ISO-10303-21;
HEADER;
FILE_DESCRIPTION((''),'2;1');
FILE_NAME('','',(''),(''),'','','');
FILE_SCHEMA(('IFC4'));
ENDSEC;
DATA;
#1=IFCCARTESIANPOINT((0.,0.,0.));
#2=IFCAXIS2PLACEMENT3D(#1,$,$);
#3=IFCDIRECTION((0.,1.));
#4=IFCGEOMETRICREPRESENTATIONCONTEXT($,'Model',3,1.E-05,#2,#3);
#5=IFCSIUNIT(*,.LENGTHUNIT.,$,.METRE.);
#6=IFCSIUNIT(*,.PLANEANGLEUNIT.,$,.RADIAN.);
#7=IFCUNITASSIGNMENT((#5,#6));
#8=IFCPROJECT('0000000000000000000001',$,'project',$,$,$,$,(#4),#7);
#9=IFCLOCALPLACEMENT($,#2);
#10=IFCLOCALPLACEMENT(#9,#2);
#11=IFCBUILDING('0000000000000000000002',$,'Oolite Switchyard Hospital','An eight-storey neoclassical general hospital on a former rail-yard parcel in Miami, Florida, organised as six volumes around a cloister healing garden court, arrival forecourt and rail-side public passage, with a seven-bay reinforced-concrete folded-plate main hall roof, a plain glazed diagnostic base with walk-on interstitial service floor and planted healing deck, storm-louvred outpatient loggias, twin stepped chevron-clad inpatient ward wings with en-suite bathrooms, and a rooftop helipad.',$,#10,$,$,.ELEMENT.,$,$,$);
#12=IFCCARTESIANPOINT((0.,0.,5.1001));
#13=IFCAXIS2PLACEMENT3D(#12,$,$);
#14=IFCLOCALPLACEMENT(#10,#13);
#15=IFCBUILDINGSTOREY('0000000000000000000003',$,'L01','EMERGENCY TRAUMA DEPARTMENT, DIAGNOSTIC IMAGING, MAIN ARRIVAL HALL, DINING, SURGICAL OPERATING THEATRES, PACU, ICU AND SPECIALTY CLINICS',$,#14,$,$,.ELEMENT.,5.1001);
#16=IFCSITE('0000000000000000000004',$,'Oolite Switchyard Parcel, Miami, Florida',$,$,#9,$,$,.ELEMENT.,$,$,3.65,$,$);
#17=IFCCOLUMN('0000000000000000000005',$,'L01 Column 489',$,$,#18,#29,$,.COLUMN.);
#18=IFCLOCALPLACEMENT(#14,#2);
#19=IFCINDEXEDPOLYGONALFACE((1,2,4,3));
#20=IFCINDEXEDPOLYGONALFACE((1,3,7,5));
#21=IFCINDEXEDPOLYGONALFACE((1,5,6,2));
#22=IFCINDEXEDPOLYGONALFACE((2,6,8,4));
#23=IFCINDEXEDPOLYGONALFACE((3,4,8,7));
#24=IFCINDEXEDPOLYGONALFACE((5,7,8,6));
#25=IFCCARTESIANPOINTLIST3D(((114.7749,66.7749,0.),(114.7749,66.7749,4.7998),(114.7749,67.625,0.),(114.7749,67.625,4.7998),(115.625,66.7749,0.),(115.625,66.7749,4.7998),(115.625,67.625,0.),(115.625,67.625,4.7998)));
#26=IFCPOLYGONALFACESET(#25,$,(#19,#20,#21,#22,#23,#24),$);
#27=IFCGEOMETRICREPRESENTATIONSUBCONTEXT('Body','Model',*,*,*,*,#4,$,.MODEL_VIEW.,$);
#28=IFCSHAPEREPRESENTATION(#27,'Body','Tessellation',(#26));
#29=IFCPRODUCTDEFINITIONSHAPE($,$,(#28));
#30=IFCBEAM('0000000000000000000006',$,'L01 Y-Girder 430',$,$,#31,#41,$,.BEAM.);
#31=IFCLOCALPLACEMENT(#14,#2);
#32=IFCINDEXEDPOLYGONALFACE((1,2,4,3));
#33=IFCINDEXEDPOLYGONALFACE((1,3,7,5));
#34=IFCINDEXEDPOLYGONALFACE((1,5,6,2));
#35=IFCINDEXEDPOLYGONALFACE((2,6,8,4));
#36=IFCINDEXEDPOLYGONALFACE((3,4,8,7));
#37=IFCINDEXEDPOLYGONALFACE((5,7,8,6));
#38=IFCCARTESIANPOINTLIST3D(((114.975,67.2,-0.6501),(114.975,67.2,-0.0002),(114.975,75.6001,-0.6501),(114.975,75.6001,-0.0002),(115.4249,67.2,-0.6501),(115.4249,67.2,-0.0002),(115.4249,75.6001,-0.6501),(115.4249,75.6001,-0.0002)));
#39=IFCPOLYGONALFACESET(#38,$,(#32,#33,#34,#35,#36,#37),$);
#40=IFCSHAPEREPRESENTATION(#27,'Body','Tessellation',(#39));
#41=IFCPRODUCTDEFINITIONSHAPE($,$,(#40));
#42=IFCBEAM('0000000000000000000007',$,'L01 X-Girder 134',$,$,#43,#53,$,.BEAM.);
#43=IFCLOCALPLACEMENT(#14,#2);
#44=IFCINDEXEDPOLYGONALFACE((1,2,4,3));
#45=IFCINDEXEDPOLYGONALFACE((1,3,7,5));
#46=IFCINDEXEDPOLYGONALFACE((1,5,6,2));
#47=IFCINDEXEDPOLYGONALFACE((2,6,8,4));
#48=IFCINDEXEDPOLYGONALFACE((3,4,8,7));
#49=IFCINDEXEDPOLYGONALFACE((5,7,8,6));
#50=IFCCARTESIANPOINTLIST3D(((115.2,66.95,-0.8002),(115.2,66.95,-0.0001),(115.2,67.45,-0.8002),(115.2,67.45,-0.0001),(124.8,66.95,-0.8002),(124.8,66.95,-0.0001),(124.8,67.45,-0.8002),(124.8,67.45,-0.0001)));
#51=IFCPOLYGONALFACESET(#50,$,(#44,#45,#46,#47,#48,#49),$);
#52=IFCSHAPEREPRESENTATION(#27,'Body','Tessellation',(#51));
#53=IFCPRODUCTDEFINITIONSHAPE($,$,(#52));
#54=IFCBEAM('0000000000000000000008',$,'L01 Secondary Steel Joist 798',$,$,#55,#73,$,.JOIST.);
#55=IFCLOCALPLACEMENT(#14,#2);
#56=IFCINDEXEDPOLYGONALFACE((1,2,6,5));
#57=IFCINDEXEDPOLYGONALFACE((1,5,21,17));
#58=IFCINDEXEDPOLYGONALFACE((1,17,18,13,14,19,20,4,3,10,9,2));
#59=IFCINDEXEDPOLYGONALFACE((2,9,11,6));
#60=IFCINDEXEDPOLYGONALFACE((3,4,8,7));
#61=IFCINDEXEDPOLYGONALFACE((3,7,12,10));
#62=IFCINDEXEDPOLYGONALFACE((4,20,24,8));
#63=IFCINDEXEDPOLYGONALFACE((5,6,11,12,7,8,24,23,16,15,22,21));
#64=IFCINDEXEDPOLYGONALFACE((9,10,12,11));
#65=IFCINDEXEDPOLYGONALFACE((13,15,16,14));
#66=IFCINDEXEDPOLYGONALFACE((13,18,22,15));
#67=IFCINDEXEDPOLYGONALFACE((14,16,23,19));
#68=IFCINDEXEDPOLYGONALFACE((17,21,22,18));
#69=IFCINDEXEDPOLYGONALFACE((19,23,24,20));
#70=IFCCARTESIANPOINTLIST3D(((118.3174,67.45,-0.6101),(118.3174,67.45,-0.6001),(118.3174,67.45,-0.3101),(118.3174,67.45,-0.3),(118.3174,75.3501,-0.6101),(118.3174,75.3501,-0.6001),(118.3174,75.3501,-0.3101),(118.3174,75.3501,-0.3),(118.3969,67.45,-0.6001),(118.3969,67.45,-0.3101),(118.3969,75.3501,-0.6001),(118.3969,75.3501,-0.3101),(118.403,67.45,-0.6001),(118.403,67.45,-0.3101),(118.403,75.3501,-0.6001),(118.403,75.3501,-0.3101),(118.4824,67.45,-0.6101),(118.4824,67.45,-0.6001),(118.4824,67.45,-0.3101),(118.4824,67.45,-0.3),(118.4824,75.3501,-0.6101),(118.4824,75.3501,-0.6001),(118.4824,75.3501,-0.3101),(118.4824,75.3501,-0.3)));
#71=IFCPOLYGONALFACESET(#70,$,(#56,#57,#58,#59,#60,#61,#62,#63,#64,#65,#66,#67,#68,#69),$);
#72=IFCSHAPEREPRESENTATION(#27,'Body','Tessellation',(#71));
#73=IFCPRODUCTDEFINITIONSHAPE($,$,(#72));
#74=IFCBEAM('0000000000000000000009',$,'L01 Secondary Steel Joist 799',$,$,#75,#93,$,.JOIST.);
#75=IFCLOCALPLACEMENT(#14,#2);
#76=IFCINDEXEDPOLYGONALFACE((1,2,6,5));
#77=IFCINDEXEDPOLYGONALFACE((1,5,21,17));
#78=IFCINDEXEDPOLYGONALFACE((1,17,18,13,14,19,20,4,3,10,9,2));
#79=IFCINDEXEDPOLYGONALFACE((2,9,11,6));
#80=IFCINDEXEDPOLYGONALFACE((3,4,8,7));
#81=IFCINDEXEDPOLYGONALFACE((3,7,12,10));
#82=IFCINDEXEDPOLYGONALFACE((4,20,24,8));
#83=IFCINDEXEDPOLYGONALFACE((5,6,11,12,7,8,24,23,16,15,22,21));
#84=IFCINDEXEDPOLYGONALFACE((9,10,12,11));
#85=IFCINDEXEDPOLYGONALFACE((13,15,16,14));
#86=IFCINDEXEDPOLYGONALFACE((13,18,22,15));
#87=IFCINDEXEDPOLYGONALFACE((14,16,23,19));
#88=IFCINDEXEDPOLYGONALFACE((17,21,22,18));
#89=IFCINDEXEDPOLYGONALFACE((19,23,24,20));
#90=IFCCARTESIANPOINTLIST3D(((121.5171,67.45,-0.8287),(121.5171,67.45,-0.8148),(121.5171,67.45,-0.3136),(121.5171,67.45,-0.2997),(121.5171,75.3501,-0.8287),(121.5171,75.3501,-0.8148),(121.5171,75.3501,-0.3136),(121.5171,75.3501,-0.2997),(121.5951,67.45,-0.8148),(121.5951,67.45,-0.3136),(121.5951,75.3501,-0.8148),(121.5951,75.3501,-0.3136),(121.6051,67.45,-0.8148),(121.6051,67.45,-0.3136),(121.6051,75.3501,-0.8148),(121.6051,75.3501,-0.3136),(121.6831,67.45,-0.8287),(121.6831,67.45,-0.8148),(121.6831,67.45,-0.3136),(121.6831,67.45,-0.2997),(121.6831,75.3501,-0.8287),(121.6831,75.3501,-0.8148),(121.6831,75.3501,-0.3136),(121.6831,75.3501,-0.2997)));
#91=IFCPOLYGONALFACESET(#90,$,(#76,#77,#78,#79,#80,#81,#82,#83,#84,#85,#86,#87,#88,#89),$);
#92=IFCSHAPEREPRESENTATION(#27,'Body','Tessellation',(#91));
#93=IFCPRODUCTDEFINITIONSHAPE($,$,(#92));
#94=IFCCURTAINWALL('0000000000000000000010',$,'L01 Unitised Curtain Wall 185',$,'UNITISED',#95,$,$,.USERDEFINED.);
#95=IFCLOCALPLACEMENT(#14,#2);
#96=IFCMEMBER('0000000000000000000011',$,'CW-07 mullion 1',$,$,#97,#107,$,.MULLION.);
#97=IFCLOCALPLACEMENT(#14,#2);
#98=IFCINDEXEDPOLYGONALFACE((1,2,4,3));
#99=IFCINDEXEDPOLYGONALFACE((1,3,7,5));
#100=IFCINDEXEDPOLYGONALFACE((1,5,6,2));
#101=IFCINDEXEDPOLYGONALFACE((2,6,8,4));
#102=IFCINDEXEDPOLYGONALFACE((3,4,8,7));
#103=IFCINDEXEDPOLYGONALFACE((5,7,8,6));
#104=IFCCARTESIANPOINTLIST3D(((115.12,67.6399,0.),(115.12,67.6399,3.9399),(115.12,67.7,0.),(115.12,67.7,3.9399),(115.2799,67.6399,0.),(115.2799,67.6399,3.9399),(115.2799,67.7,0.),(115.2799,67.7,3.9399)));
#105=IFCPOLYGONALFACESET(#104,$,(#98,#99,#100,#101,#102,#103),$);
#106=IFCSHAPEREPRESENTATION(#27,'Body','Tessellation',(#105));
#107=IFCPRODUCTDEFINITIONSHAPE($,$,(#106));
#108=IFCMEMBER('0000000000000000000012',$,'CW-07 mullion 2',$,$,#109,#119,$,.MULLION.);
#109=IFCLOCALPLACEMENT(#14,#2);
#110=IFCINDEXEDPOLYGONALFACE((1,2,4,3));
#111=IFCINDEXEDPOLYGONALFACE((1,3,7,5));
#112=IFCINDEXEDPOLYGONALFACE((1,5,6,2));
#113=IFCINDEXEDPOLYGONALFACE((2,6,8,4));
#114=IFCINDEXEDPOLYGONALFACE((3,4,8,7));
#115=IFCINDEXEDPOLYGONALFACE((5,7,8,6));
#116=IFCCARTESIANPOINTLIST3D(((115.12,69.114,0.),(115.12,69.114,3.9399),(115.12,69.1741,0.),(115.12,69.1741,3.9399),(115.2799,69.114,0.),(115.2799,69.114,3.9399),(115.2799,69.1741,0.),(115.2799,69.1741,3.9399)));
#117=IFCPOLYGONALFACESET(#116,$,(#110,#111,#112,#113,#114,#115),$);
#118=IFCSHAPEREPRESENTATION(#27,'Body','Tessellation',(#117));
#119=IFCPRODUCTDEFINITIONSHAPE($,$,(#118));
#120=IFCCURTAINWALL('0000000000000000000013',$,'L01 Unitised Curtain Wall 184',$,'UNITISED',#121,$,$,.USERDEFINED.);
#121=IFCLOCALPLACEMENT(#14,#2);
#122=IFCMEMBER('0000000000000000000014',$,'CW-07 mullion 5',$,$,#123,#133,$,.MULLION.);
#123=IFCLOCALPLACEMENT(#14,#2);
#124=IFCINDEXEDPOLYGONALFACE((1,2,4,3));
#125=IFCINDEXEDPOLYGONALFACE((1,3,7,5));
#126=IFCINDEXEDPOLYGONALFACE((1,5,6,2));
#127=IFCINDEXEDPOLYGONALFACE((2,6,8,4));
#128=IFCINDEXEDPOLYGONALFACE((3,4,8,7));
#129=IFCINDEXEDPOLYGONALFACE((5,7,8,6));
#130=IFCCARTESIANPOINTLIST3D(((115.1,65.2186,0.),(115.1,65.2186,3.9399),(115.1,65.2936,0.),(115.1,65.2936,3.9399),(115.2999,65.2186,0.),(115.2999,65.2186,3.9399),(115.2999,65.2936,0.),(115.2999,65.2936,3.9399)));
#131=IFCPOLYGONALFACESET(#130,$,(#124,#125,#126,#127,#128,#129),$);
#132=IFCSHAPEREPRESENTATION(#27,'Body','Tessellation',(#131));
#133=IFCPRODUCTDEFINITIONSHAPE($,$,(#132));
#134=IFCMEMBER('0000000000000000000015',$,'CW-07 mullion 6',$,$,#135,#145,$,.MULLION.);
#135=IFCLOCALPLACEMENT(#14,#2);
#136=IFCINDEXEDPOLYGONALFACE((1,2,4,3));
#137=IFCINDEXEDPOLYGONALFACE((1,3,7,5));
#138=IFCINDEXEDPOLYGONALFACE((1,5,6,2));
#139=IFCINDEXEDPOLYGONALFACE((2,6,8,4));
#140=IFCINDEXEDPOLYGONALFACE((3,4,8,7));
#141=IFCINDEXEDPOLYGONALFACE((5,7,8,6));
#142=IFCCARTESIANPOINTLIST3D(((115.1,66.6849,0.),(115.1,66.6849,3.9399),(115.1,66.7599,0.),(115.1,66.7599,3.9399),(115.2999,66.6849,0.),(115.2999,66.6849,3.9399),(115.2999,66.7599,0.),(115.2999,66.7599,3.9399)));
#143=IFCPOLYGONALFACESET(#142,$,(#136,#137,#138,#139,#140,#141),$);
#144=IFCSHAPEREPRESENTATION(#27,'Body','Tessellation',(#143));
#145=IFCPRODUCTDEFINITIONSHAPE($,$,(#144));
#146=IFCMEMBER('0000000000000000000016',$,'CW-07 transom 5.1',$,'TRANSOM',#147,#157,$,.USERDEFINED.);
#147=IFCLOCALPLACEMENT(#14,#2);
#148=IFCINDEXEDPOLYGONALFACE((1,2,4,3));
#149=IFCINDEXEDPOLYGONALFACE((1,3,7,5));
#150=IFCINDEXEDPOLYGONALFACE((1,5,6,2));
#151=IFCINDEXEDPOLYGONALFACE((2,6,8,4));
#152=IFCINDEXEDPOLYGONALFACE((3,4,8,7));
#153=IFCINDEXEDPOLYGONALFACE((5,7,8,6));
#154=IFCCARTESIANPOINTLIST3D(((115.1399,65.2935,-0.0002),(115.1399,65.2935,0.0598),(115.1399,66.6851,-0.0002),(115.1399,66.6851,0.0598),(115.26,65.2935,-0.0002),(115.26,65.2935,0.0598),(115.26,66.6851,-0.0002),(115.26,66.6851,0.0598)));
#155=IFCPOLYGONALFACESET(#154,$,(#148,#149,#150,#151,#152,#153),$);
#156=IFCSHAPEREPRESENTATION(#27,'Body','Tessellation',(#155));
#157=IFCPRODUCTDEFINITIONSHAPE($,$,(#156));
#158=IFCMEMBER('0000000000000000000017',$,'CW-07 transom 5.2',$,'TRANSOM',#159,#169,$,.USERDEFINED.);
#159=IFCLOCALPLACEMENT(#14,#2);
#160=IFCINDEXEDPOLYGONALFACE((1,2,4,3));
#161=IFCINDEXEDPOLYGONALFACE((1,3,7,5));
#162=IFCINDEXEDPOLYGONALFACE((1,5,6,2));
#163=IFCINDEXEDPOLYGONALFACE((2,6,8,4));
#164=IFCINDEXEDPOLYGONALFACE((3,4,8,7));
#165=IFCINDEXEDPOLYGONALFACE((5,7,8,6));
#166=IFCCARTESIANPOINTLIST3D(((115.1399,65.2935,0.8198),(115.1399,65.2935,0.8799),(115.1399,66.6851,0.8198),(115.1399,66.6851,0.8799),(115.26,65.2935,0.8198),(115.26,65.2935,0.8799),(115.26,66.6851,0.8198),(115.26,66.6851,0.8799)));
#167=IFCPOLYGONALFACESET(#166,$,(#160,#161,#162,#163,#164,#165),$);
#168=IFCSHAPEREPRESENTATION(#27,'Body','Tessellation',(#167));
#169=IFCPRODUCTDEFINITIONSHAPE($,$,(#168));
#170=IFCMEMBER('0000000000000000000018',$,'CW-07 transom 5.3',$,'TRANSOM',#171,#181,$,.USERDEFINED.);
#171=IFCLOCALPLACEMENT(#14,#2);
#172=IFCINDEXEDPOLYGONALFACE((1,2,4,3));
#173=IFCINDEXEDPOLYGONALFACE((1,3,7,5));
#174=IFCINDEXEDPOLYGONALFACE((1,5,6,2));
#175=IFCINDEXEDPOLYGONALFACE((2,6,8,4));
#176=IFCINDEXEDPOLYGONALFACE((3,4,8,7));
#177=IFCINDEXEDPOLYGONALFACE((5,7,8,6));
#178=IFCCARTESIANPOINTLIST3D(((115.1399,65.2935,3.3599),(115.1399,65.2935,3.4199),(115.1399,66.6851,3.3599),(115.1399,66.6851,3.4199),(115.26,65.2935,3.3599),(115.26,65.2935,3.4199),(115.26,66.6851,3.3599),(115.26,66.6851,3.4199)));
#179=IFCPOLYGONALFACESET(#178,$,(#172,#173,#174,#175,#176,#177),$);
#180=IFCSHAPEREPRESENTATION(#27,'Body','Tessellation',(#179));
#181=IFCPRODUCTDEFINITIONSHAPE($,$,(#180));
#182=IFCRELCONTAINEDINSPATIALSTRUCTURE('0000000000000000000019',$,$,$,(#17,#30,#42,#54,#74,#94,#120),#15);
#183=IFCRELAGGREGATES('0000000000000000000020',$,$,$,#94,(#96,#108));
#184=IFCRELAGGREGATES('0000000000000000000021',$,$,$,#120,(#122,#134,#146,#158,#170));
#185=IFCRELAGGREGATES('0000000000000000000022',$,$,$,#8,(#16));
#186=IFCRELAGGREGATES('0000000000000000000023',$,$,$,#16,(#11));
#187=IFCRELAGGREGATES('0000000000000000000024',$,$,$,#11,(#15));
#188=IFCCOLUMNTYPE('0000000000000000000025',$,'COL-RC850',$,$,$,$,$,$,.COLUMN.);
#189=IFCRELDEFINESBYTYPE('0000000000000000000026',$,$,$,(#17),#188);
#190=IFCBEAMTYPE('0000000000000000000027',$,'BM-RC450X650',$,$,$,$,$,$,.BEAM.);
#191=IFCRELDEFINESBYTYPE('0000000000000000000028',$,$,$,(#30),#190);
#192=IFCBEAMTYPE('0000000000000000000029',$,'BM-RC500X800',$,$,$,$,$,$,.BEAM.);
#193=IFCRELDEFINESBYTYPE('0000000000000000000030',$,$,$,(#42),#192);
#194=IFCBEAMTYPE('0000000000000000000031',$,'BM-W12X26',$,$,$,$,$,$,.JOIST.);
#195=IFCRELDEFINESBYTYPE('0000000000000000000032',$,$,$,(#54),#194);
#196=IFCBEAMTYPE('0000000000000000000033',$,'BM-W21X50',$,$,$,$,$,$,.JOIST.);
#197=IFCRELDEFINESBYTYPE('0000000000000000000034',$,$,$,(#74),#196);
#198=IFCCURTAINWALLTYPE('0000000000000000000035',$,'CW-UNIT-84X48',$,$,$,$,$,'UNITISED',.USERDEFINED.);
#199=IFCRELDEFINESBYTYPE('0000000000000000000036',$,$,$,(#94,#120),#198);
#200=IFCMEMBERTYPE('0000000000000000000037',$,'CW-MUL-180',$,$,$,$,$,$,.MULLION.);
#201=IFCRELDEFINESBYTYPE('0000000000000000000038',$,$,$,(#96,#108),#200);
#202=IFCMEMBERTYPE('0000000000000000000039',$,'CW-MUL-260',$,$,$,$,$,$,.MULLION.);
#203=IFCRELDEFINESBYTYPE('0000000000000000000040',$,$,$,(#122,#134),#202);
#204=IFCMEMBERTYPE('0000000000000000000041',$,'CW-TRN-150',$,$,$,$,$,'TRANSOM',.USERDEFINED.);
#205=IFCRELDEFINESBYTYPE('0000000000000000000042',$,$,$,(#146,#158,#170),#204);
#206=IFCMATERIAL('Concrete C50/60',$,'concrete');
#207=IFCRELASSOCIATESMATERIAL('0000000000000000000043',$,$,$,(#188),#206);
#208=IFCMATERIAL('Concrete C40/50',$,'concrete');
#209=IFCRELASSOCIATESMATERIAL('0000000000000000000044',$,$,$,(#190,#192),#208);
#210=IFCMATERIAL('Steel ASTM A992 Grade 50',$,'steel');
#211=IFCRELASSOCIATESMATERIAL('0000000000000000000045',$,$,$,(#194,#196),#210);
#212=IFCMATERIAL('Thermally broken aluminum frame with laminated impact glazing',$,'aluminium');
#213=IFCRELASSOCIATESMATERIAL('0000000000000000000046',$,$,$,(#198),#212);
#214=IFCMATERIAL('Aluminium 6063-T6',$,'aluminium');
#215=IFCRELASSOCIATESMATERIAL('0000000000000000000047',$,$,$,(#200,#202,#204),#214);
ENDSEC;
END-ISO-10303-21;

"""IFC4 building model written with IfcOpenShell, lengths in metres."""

from ifc_helpers import new_model, si_unit, direction, frame, origin, origin_2d, place, context, subcontext, project, spatial, rectangle, i_section, extrude, material, material_profile, profile_set, type_object, element, aggregate, save


model = new_model("IFC4")

# Units and contexts
model_context = context("Model", 3, precision=1e-05, world=origin(), true_north=direction((0.0, 1.0)))
body_context = subcontext(model_context, "Body", "Model", "MODEL_VIEW")
ifc_project = project(units=[si_unit("LENGTHUNIT", "METRE"), si_unit("PLANEANGLEUNIT", "RADIAN")], contexts=[model_context])

# Site, building, storey
site_placement = place(None, origin())
site = spatial("IfcSite", under=ifc_project, at=site_placement, Name="Oolite Switchyard Parcel, Miami, Florida", CompositionType="ELEMENT", RefElevation=3.65)
building_placement = place(site_placement, origin())
building = spatial("IfcBuilding", under=site, at=building_placement, Name="Oolite Switchyard Hospital", Description="An eight-storey neoclassical general hospital on a former rail-yard parcel in Miami, Florida, organised as six volumes around a cloister healing garden court, arrival forecourt and rail-side public passage, with a seven-bay reinforced-concrete folded-plate main hall roof, a plain glazed diagnostic base with walk-on interstitial service floor and planted healing deck, storm-louvred outpatient loggias, twin stepped chevron-clad inpatient ward wings with en-suite bathrooms, and a rooftop helipad.", CompositionType="ELEMENT")
storey_placement = place(building_placement, frame((0.0, 0.0, 5.1001)))
storey = spatial("IfcBuildingStorey", under=building, at=storey_placement, Name="L01", Description="EMERGENCY TRAUMA DEPARTMENT, DIAGNOSTIC IMAGING, MAIN ARRIVAL HALL, DINING, SURGICAL OPERATING THEATRES, PACU, ICU AND SPECIALTY CLINICS", CompositionType="ELEMENT", Elevation=5.1001)

# Column
ifc_material_1 = material(Name="Concrete C50/60", Category="concrete")
ifc_material_profile_1 = material_profile(ifc_material_1, rectangle(XDim=0.8501, YDim=0.8501, at=origin_2d()), Name="RC850X850")
ifc_profile_set_1 = profile_set([ifc_material_profile_1], Name="Concrete C50/60")
column_type = type_object("IfcColumnType", Name="COL-RC850", PredefinedType="COLUMN", material=ifc_profile_set_1)
column_placement = place(storey_placement, frame((115.2, 67.2, 0.0), z_axis=(0.0, 0.0, 1.0), x_axis=(1.0, 0.0, 0.0)))
element("IfcColumn", 1, at=column_placement, inside=storey, type_object=column_type, Name="L01 Column 489", PredefinedType="COLUMN", context=body_context, shape_type="SweptSolid", body=[
    extrude(rectangle(XDim=0.8501, YDim=0.8501, at=origin_2d()), origin(), (0.0, 0.0, 1.0), 4.7998),
])

# Beams
ifc_material_2 = material(Name="Concrete C40/50", Category="concrete")
ifc_material_profile_2 = material_profile(ifc_material_2, rectangle(XDim=0.45, YDim=0.6499, at=origin_2d()), Name="RCB450X650")
ifc_profile_set_2 = profile_set([ifc_material_profile_2], Name="Concrete C40/50")
beam_type_1 = type_object("IfcBeamType", Name="BM-RC450X650", PredefinedType="BEAM", material=ifc_profile_set_2)
beam_1_placement = place(storey_placement, frame((115.2, 67.2, -0.3252), z_axis=(0.0, 1.0, 0.0), x_axis=(-1.0, 0.0, 0.0)))
element("IfcBeam", 2, at=beam_1_placement, inside=storey, type_object=beam_type_1, Name="L01 Y-Girder 430", PredefinedType="BEAM", context=body_context, shape_type="SweptSolid", body=[
    extrude(rectangle(XDim=0.45, YDim=0.6499, at=origin_2d()), origin(), (0.0, 0.0, 1.0), 8.4001),
])
ifc_material_profile_3 = material_profile(ifc_material_2, rectangle(XDim=0.5, YDim=0.8, at=origin_2d()), Name="RCB500X800")
ifc_profile_set_3 = profile_set([ifc_material_profile_3], Name="Concrete C40/50")
beam_type_2 = type_object("IfcBeamType", Name="BM-RC500X800", PredefinedType="BEAM", material=ifc_profile_set_3)
beam_2_placement = place(storey_placement, frame((115.2, 67.2, -0.4001), z_axis=(1.0, 0.0, 0.0), x_axis=(0.0, 1.0, 0.0)))
element("IfcBeam", 3, at=beam_2_placement, inside=storey, type_object=beam_type_2, Name="L01 X-Girder 134", PredefinedType="BEAM", context=body_context, shape_type="SweptSolid", body=[
    extrude(rectangle(XDim=0.5, YDim=0.8, at=origin_2d()), origin(), (0.0, 0.0, 1.0), 9.6001),
])
ifc_material_3 = material(Name="Steel ASTM A992 Grade 50", Category="steel")
ifc_material_profile_4 = material_profile(ifc_material_3, i_section(OverallWidth=0.165, OverallDepth=0.3101, WebThickness=0.0061, FlangeThickness=0.01, at=origin_2d()), Name="W12X26")
ifc_profile_set_4 = profile_set([ifc_material_profile_4], Name="Steel ASTM A992 Grade 50")
beam_type_3 = type_object("IfcBeamType", Name="BM-W12X26", PredefinedType="JOIST", material=ifc_profile_set_4)
beam_3_placement = place(storey_placement, frame((118.3999, 67.45, -0.4551), z_axis=(0.0, 1.0, 0.0), x_axis=(-1.0, 0.0, 0.0)))
element("IfcBeam", 4, at=beam_3_placement, inside=storey, type_object=beam_type_3, Name="L01 Secondary Steel Joist 798", PredefinedType="JOIST", context=body_context, shape_type="SweptSolid", body=[
    extrude(i_section(OverallWidth=0.165, OverallDepth=0.3101, WebThickness=0.0061, FlangeThickness=0.01, at=origin_2d()), origin(), (0.0, 0.0, 1.0), 7.9001),
])
ifc_material_profile_5 = material_profile(ifc_material_3, i_section(OverallWidth=0.166, OverallDepth=0.5291, WebThickness=0.01, FlangeThickness=0.0139, at=origin_2d()), Name="W21X50")
ifc_profile_set_5 = profile_set([ifc_material_profile_5], Name="Steel ASTM A992 Grade 50")
beam_type_4 = type_object("IfcBeamType", Name="BM-W21X50", PredefinedType="JOIST", material=ifc_profile_set_5)
beam_4_placement = place(storey_placement, frame((121.6001, 67.45, -0.5642), z_axis=(0.0, 1.0, 0.0), x_axis=(-1.0, 0.0, 0.0)))
element("IfcBeam", 5, at=beam_4_placement, inside=storey, type_object=beam_type_4, Name="L01 Secondary Steel Joist 799", PredefinedType="JOIST", context=body_context, shape_type="SweptSolid", body=[
    extrude(i_section(OverallWidth=0.166, OverallDepth=0.5291, WebThickness=0.01, FlangeThickness=0.0139, at=origin_2d()), origin(), (0.0, 0.0, 1.0), 7.9001),
])

# Curtain walls, members
ifc_material_4 = material(Name="Thermally broken aluminum frame with laminated impact glazing", Category="aluminium")
curtain_wall_type = type_object("IfcCurtainWallType", Name="CW-UNIT-84X48", ElementType="UNITISED", PredefinedType="USERDEFINED", material=ifc_material_4)
curtain_wall_1_placement = place(storey_placement, origin())
curtain_wall_1 = element("IfcCurtainWall", 6, at=curtain_wall_1_placement, inside=storey, type_object=curtain_wall_type, Name="L01 Unitised Curtain Wall 185", ObjectType="UNITISED", PredefinedType="USERDEFINED")
ifc_material_5 = material(Name="Aluminium 6063-T6", Category="aluminium")
ifc_material_profile_6 = material_profile(ifc_material_5, rectangle(XDim=0.1599, YDim=0.0601, at=origin_2d()), Name="CWM60X160")
ifc_profile_set_6 = profile_set([ifc_material_profile_6], Name="Aluminium 6063-T6")
member_type_1 = type_object("IfcMemberType", Name="CW-MUL-180", PredefinedType="MULLION", material=ifc_profile_set_6)
member_1_placement = place(storey_placement, frame((115.2, 67.6699, 0.0), z_axis=(0.0, 0.0, 1.0), x_axis=(-1.0, 0.0, 0.0)))
member_1 = element("IfcMember", 7, at=member_1_placement, type_object=member_type_1, Name="CW-07 mullion 1", PredefinedType="MULLION", context=body_context, shape_type="SweptSolid", body=[
    extrude(rectangle(XDim=0.1599, YDim=0.0601, at=origin_2d()), origin(), (0.0, 0.0, 1.0), 3.9399),
])
member_2_placement = place(storey_placement, frame((115.2, 69.144, 0.0), z_axis=(0.0, 0.0, 1.0), x_axis=(-1.0, 0.0, 0.0)))
member_2 = element("IfcMember", 8, at=member_2_placement, type_object=member_type_1, Name="CW-07 mullion 2", PredefinedType="MULLION", context=body_context, shape_type="SweptSolid", body=[
    extrude(rectangle(XDim=0.1599, YDim=0.0601, at=origin_2d()), origin(), (0.0, 0.0, 1.0), 3.9399),
])
curtain_wall_2_placement = place(storey_placement, origin())
curtain_wall_2 = element("IfcCurtainWall", 9, at=curtain_wall_2_placement, inside=storey, type_object=curtain_wall_type, Name="L01 Unitised Curtain Wall 184", ObjectType="UNITISED", PredefinedType="USERDEFINED")
ifc_material_profile_7 = material_profile(ifc_material_5, rectangle(XDim=0.2, YDim=0.075, at=origin_2d()), Name="CWM75X200")
ifc_profile_set_7 = profile_set([ifc_material_profile_7], Name="Aluminium 6063-T6")
member_type_2 = type_object("IfcMemberType", Name="CW-MUL-260", PredefinedType="MULLION", material=ifc_profile_set_7)
member_3_placement = place(storey_placement, frame((115.2, 65.2561, 0.0), z_axis=(0.0, 0.0, 1.0), x_axis=(-1.0, 0.0, 0.0)))
member_3 = element("IfcMember", 10, at=member_3_placement, type_object=member_type_2, Name="CW-07 mullion 5", PredefinedType="MULLION", context=body_context, shape_type="SweptSolid", body=[
    extrude(rectangle(XDim=0.2, YDim=0.075, at=origin_2d()), origin(), (0.0, 0.0, 1.0), 3.9399),
])
member_4_placement = place(storey_placement, frame((115.2, 66.7224, 0.0), z_axis=(0.0, 0.0, 1.0), x_axis=(-1.0, 0.0, 0.0)))
member_4 = element("IfcMember", 11, at=member_4_placement, type_object=member_type_2, Name="CW-07 mullion 6", PredefinedType="MULLION", context=body_context, shape_type="SweptSolid", body=[
    extrude(rectangle(XDim=0.2, YDim=0.075, at=origin_2d()), origin(), (0.0, 0.0, 1.0), 3.9399),
])
ifc_material_profile_8 = material_profile(ifc_material_5, rectangle(XDim=0.1201, YDim=0.0601, at=origin_2d()), Name="CWT60X120")
ifc_profile_set_8 = profile_set([ifc_material_profile_8], Name="Aluminium 6063-T6")
member_type_3 = type_object("IfcMemberType", Name="CW-TRN-150", ElementType="TRANSOM", PredefinedType="USERDEFINED", material=ifc_profile_set_8)
member_5_placement = place(storey_placement, frame((115.2, 65.2935, 0.0298), z_axis=(0.0, 1.0, 0.0), x_axis=(-1.0, 0.0, 0.0)))
member_5 = element("IfcMember", 12, at=member_5_placement, type_object=member_type_3, Name="CW-07 transom 5.1", ObjectType="TRANSOM", PredefinedType="USERDEFINED", context=body_context, shape_type="SweptSolid", body=[
    extrude(rectangle(XDim=0.1201, YDim=0.0601, at=origin_2d()), origin(), (0.0, 0.0, 1.0), 1.3916),
])
member_6_placement = place(storey_placement, frame((115.2, 65.2935, 0.8499), z_axis=(0.0, 1.0, 0.0), x_axis=(-1.0, 0.0, 0.0)))
member_6 = element("IfcMember", 13, at=member_6_placement, type_object=member_type_3, Name="CW-07 transom 5.2", ObjectType="TRANSOM", PredefinedType="USERDEFINED", context=body_context, shape_type="SweptSolid", body=[
    extrude(rectangle(XDim=0.1201, YDim=0.0601, at=origin_2d()), origin(), (0.0, 0.0, 1.0), 1.3916),
])
member_7_placement = place(storey_placement, frame((115.2, 65.2935, 3.3899), z_axis=(0.0, 1.0, 0.0), x_axis=(-1.0, 0.0, 0.0)))
member_7 = element("IfcMember", 14, at=member_7_placement, type_object=member_type_3, Name="CW-07 transom 5.3", ObjectType="TRANSOM", PredefinedType="USERDEFINED", context=body_context, shape_type="SweptSolid", body=[
    extrude(rectangle(XDim=0.1201, YDim=0.0601, at=origin_2d()), origin(), (0.0, 0.0, 1.0), 1.3916),
])

aggregate(curtain_wall_1, [member_1, member_2])
aggregate(curtain_wall_2, [member_3, member_4, member_5, member_6, member_7])

save(model, "model.ifc")
